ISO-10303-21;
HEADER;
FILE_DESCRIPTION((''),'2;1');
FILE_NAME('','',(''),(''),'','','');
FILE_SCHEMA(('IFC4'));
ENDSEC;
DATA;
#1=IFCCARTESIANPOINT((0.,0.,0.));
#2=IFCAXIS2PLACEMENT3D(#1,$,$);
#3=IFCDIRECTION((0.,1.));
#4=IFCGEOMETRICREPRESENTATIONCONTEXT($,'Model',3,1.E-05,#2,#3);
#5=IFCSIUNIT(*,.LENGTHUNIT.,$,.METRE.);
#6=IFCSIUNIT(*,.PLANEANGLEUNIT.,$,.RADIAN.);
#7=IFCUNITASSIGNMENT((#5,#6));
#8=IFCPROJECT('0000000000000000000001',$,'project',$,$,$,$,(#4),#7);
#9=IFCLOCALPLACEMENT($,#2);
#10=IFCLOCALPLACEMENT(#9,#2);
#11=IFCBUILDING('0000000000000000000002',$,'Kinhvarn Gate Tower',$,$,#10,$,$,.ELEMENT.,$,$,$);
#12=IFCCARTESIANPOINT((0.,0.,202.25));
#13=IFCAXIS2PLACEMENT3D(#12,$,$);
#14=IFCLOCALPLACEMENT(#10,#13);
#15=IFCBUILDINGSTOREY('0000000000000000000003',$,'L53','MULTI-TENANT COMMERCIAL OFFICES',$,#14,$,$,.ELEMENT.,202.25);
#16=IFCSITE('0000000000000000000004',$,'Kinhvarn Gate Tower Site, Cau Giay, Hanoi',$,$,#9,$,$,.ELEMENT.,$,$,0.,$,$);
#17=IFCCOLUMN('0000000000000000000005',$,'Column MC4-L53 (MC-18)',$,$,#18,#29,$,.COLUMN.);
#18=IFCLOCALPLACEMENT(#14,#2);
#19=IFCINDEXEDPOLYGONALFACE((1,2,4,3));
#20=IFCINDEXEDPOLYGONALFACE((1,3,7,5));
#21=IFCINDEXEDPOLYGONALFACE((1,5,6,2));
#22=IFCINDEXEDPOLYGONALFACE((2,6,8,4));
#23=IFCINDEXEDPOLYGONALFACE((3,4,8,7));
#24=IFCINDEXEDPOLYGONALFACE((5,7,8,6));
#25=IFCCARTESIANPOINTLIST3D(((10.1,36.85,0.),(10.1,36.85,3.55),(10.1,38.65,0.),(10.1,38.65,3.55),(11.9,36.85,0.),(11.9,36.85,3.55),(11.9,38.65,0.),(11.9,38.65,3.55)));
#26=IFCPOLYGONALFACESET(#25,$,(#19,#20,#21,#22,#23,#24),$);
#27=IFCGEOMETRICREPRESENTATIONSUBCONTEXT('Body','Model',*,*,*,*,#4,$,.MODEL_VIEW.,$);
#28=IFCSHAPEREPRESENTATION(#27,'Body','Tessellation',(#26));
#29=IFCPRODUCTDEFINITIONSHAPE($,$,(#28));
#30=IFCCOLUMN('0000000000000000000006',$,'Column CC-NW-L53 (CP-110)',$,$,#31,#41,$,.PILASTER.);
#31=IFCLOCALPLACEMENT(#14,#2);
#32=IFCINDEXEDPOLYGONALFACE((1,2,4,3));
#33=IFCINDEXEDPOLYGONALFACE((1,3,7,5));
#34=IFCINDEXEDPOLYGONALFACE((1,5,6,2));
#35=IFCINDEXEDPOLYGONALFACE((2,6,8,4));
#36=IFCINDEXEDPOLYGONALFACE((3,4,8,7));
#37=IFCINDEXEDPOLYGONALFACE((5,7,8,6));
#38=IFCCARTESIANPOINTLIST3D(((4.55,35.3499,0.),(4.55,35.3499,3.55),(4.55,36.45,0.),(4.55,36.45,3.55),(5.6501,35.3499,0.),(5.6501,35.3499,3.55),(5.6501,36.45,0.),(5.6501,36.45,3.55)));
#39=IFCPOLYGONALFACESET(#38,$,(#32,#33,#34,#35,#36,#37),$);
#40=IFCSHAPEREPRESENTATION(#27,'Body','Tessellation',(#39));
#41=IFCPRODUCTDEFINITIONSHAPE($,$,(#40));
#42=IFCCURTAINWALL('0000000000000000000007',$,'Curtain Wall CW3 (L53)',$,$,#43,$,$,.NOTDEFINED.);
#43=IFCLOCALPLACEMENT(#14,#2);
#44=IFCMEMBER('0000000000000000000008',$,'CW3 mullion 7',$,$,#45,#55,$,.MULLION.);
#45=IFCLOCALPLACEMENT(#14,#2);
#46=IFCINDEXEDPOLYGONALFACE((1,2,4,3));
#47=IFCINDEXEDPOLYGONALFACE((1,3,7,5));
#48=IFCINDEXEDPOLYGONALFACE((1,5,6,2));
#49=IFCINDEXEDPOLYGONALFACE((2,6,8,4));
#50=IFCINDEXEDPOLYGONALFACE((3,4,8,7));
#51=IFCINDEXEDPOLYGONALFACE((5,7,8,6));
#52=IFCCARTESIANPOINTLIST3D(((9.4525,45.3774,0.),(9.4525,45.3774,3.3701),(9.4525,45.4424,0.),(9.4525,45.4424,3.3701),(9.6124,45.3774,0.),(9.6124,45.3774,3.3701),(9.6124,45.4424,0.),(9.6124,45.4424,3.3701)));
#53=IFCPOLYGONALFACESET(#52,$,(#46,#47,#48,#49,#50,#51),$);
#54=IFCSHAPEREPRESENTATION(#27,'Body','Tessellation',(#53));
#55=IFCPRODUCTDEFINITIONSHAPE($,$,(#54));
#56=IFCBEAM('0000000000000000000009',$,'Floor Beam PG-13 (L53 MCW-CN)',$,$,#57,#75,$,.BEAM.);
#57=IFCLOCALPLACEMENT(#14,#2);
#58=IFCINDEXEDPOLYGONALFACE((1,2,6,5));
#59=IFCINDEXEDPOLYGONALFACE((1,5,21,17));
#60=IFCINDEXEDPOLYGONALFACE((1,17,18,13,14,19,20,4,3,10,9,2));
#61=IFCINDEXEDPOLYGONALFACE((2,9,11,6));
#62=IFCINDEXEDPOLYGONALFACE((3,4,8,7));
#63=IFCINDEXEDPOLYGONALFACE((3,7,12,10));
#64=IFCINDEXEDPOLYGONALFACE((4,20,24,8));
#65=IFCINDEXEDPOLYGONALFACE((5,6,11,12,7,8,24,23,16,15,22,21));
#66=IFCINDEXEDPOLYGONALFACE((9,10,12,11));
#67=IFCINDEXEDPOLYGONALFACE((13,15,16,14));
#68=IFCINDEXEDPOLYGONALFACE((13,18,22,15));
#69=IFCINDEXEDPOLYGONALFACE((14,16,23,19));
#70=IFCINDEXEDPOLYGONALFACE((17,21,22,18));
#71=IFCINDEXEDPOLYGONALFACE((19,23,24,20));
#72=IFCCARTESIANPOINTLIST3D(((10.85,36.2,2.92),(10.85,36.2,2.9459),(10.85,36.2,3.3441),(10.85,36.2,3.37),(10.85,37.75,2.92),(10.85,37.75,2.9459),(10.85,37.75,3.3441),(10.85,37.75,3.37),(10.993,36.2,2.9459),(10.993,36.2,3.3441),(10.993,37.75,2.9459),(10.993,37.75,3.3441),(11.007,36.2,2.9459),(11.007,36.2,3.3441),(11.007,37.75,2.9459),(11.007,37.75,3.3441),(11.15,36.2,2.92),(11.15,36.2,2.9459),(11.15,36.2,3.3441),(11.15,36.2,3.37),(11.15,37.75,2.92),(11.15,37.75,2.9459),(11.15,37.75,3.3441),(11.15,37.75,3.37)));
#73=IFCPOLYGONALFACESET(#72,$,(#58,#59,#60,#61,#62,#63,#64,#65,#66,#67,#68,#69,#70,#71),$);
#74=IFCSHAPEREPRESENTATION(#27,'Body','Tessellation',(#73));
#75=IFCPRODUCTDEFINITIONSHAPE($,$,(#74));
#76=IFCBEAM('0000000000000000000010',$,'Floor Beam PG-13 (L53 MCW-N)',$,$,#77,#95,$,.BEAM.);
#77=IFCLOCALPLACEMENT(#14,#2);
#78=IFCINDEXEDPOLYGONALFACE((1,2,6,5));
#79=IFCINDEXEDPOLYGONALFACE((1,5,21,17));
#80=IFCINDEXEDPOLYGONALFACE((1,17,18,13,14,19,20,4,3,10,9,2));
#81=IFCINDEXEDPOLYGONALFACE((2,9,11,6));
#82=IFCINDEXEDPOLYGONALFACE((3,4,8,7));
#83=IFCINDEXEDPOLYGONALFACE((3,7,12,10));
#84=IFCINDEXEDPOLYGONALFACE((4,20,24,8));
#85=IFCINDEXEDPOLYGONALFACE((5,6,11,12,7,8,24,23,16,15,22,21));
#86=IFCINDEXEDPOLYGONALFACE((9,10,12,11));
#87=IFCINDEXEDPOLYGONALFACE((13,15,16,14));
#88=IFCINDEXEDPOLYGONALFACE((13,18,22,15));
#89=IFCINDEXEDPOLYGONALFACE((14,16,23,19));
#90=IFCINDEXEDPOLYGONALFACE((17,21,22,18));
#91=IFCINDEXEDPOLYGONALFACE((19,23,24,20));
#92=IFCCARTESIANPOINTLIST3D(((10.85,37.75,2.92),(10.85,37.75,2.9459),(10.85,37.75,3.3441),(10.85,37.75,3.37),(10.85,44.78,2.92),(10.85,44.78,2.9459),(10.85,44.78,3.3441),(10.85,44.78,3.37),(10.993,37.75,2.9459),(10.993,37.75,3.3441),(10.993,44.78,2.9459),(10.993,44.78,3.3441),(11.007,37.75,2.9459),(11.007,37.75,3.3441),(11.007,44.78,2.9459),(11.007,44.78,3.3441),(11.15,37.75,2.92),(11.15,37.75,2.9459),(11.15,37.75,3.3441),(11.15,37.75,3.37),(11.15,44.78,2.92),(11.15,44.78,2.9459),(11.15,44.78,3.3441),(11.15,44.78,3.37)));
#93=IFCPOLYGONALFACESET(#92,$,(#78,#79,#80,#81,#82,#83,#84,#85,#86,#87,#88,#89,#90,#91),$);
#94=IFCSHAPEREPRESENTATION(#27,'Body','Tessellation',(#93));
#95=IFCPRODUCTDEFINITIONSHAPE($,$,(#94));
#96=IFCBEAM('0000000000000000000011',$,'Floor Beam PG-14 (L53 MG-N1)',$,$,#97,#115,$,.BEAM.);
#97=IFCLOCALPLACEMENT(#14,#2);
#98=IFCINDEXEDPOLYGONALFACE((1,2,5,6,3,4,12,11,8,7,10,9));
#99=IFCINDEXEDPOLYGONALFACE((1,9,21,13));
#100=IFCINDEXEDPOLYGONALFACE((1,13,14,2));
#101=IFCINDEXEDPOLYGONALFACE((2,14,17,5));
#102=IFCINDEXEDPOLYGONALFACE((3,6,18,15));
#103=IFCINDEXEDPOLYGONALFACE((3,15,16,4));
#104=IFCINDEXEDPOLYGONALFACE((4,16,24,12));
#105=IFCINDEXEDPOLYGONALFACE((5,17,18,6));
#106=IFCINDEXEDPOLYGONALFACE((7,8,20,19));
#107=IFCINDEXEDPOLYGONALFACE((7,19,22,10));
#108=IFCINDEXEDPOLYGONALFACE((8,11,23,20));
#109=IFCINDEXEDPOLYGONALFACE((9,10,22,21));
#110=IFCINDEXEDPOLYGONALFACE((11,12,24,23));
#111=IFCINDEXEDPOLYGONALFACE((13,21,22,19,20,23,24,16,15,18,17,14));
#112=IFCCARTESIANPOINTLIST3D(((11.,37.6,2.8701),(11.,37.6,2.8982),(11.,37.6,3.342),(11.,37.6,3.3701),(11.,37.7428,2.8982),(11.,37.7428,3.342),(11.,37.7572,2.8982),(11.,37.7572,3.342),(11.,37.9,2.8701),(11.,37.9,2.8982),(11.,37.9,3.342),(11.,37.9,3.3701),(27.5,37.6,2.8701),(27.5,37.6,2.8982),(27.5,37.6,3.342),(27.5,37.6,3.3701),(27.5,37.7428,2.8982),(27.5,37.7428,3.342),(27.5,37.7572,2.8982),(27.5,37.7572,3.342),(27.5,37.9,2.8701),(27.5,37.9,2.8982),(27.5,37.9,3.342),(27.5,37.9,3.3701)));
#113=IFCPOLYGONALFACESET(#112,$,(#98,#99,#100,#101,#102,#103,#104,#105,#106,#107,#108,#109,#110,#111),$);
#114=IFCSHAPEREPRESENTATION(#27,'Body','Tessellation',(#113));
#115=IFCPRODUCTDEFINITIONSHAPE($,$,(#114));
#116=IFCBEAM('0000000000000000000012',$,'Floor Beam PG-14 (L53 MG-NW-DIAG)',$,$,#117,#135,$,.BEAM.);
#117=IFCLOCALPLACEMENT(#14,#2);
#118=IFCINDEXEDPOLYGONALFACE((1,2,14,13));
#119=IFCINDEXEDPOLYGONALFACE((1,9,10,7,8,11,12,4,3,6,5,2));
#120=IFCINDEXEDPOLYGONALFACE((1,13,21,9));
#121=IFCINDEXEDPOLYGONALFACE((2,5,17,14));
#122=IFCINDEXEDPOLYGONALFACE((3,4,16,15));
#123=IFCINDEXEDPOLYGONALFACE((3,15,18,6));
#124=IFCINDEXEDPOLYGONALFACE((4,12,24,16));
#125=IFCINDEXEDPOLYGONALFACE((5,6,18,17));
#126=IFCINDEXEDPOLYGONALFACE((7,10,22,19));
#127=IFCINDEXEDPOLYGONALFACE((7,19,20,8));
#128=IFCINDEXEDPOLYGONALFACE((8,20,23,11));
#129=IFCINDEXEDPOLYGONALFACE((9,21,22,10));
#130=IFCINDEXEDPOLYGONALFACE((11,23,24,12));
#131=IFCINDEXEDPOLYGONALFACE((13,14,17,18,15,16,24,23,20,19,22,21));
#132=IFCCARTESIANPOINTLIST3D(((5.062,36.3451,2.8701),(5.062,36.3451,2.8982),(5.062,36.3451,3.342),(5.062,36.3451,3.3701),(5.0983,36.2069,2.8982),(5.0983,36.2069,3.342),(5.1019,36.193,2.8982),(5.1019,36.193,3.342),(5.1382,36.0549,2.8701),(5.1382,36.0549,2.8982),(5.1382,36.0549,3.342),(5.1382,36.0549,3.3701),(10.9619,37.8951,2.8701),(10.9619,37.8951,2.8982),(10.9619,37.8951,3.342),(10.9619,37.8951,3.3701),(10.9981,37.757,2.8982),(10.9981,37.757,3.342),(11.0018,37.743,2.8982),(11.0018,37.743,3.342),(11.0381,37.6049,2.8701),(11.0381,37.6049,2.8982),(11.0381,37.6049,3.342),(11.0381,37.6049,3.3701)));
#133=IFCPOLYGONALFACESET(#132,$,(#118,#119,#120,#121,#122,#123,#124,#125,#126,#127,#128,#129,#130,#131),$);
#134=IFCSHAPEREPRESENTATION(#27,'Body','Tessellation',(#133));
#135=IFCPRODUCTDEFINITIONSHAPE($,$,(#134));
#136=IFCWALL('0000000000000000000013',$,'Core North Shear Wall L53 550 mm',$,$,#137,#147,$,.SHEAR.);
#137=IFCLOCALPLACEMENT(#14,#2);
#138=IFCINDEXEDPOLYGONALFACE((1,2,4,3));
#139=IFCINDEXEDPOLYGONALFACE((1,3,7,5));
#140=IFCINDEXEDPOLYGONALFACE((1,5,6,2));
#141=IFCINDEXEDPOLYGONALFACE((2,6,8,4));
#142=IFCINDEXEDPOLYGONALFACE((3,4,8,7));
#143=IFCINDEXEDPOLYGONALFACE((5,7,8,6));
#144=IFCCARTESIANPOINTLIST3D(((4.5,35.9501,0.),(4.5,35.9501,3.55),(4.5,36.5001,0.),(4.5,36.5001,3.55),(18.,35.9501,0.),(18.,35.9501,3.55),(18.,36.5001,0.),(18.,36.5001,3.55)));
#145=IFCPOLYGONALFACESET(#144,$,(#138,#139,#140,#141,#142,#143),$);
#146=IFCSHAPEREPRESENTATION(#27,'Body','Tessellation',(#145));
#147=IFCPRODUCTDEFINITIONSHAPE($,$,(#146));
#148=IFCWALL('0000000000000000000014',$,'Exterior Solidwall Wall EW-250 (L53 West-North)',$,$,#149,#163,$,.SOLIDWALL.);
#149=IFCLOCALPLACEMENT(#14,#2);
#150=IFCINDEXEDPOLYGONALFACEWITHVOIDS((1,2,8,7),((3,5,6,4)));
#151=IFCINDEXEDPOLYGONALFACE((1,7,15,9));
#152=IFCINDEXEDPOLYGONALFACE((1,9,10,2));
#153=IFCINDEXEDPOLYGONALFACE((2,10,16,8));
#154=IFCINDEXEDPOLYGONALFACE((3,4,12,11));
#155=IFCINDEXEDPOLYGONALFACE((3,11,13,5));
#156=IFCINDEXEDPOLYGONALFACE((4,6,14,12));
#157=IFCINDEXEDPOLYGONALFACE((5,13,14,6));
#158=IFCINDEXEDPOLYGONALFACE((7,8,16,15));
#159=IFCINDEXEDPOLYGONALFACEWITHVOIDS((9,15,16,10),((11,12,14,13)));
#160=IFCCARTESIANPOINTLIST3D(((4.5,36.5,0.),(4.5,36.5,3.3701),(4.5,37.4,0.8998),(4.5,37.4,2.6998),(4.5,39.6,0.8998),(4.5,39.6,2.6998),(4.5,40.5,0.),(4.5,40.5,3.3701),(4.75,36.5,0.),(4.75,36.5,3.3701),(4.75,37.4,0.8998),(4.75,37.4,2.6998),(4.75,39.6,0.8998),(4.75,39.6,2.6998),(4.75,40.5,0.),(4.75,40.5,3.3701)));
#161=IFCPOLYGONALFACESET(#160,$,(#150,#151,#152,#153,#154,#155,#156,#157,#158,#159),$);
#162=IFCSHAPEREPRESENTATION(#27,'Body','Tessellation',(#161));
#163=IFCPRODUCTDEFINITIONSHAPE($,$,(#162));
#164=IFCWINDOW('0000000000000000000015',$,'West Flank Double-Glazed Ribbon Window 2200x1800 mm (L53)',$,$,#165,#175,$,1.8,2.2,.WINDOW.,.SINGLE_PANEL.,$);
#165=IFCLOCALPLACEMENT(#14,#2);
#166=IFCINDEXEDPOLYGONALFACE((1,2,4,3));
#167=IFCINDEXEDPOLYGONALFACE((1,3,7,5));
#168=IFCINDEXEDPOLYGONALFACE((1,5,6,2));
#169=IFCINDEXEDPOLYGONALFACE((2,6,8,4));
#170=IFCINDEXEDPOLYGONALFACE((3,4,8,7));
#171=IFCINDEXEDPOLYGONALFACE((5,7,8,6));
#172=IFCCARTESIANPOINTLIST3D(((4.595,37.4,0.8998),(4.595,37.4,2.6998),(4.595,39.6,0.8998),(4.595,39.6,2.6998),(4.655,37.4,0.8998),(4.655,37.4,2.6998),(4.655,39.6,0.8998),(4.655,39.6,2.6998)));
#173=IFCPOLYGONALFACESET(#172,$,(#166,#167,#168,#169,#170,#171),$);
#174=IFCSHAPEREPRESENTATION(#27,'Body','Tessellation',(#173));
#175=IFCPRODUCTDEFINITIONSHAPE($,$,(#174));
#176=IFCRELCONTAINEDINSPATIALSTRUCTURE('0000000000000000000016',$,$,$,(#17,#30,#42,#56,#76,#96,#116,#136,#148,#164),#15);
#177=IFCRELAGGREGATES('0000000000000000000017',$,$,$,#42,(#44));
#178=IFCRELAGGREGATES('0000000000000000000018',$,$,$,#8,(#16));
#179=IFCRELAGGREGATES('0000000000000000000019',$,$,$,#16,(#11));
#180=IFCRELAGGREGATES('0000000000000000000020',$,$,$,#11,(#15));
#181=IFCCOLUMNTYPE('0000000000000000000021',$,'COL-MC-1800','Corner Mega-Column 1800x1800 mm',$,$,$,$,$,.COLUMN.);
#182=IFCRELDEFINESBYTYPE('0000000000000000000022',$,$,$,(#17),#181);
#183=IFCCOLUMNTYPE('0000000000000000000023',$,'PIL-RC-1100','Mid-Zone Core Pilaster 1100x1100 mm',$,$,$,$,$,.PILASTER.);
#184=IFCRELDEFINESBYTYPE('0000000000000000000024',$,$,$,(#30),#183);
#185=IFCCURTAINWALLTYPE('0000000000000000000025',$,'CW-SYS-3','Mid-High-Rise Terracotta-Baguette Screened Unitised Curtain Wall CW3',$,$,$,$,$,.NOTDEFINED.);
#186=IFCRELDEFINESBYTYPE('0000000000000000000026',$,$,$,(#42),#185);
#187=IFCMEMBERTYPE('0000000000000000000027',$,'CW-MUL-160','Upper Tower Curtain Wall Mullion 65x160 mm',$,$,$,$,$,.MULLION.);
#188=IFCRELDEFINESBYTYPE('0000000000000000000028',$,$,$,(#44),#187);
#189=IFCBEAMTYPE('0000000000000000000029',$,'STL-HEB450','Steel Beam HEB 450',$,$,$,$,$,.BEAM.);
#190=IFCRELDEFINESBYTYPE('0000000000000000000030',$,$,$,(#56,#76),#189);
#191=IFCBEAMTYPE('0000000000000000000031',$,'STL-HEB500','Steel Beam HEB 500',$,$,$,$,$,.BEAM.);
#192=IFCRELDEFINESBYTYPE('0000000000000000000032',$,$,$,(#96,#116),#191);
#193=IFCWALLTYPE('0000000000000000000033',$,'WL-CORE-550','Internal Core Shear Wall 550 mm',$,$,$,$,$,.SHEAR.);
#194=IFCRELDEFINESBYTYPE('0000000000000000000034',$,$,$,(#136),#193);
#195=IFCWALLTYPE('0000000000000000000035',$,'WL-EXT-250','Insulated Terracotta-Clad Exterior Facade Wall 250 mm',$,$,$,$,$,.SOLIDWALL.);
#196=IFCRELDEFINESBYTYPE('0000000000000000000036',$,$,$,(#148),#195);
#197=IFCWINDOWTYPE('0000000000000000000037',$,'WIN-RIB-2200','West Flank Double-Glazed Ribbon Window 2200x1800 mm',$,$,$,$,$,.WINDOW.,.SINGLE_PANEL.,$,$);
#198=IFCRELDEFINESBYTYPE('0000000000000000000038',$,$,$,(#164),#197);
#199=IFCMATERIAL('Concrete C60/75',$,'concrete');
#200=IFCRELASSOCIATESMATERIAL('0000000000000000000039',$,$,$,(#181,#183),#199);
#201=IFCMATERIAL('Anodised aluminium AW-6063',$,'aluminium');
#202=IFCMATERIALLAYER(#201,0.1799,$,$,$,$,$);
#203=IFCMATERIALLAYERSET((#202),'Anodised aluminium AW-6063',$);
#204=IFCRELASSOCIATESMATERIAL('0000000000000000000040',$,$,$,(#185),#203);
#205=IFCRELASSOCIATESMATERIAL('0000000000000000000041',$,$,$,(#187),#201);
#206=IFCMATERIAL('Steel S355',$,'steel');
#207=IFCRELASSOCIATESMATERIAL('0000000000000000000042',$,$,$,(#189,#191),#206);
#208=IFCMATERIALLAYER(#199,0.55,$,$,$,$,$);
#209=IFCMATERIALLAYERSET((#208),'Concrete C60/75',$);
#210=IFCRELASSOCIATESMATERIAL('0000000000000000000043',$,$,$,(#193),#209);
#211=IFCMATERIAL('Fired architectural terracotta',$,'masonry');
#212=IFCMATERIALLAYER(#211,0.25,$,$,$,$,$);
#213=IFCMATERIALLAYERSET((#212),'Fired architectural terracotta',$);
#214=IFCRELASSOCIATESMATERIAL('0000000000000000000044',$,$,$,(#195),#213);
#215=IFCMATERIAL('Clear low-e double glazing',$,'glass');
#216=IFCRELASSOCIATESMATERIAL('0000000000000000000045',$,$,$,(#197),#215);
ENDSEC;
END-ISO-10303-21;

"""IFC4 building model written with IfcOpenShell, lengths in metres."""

from ifc_helpers import new_model, si_unit, direction, frame, frame_2d, origin, origin_2d, place, context, subcontext, project, spatial, rectangle, i_section, extrude, material, layer, layer_set, material_profile, profile_set, type_object, element, fill, aggregate, save


model = new_model("IFC4")

# Units and contexts
model_context = context("Model", 3, precision=1e-05, world=origin(), true_north=direction((0.0, 1.0)))
body_context = subcontext(model_context, "Body", "Model", "MODEL_VIEW")
ifc_project = project(units=[si_unit("LENGTHUNIT", "METRE"), si_unit("PLANEANGLEUNIT", "RADIAN")], contexts=[model_context])

# Site, building, storey
site_placement = place(None, origin())
site = spatial("IfcSite", under=ifc_project, at=site_placement, Name="Kinhvarn Gate Tower Site, Cau Giay, Hanoi", CompositionType="ELEMENT", RefElevation=0.0)
building_placement = place(site_placement, origin())
building = spatial("IfcBuilding", under=site, at=building_placement, Name="Kinhvarn Gate Tower", CompositionType="ELEMENT")
storey_placement = place(building_placement, frame((0.0, 0.0, 202.25)))
storey = spatial("IfcBuildingStorey", under=building, at=storey_placement, Name="L53", Description="MULTI-TENANT COMMERCIAL OFFICES", CompositionType="ELEMENT", Elevation=202.25)

# Columns
ifc_material_1 = material(Name="Concrete C60/75", Category="concrete")
ifc_material_profile_1 = material_profile(ifc_material_1, rectangle(XDim=1.8, YDim=1.8, at=origin_2d()), Name="RC 1800x1800")
ifc_profile_set_1 = profile_set([ifc_material_profile_1], Name="Concrete C60/75")
column_type_1 = type_object("IfcColumnType", Name="COL-MC-1800", Description="Corner Mega-Column 1800x1800 mm", PredefinedType="COLUMN", material=ifc_profile_set_1)
column_1_placement = place(storey_placement, frame((11.0, 37.75, 0.0), z_axis=(0.0, 0.0, 1.0), x_axis=(1.0, 0.0, 0.0)))
element("IfcColumn", 1, at=column_1_placement, inside=storey, type_object=column_type_1, Name="Column MC4-L53 (MC-18)", PredefinedType="COLUMN", context=body_context, shape_type="SweptSolid", body=[
    extrude(rectangle(XDim=1.8, YDim=1.8, at=origin_2d()), origin(), (0.0, 0.0, 1.0), 3.55),
])
ifc_material_profile_2 = material_profile(ifc_material_1, rectangle(XDim=1.1001, YDim=1.1001, at=origin_2d()), Name="RC 1100x1100")
ifc_profile_set_2 = profile_set([ifc_material_profile_2], Name="Concrete C60/75")
column_type_2 = type_object("IfcColumnType", Name="PIL-RC-1100", Description="Mid-Zone Core Pilaster 1100x1100 mm", PredefinedType="PILASTER", material=ifc_profile_set_2)
column_2_placement = place(storey_placement, frame((5.1001, 35.8999, 0.0), z_axis=(0.0, 0.0, 1.0), x_axis=(1.0, 0.0, 0.0)))
element("IfcColumn", 2, at=column_2_placement, inside=storey, type_object=column_type_2, Name="Column CC-NW-L53 (CP-110)", PredefinedType="PILASTER", context=body_context, shape_type="SweptSolid", body=[
    extrude(rectangle(XDim=1.1001, YDim=1.1001, at=origin_2d()), origin(), (0.0, 0.0, 1.0), 3.55),
])

# Curtain wall, member
ifc_material_2 = material(Name="Anodised aluminium AW-6063", Category="aluminium")
ifc_layer_1 = layer(ifc_material_2, 0.1799)
ifc_layer_set_1 = layer_set([ifc_layer_1], Name="Anodised aluminium AW-6063")
curtain_wall_type = type_object("IfcCurtainWallType", Name="CW-SYS-3", Description="Mid-High-Rise Terracotta-Baguette Screened Unitised Curtain Wall CW3", PredefinedType="NOTDEFINED", material=ifc_layer_set_1)
curtain_wall_placement = place(storey_placement, origin())
curtain_wall = element("IfcCurtainWall", 3, at=curtain_wall_placement, inside=storey, type_object=curtain_wall_type, Name="Curtain Wall CW3 (L53)", PredefinedType="NOTDEFINED")
ifc_material_profile_3 = material_profile(ifc_material_2, rectangle(XDim=0.0649, YDim=0.1599, at=origin_2d()), Name="ALU 65x160")
ifc_profile_set_3 = profile_set([ifc_material_profile_3], Name="Anodised aluminium AW-6063")
member_type = type_object("IfcMemberType", Name="CW-MUL-160", Description="Upper Tower Curtain Wall Mullion 65x160 mm", PredefinedType="MULLION", material=ifc_profile_set_3)
member_placement = place(storey_placement, frame((9.5325, 45.4099, 0.0), z_axis=(0.0, 0.0, 1.0), x_axis=(0.0, -1.0, 0.0)))
member = element("IfcMember", 4, at=member_placement, type_object=member_type, Name="CW3 mullion 7", PredefinedType="MULLION", context=body_context, shape_type="SweptSolid", body=[
    extrude(rectangle(XDim=0.0649, YDim=0.1599, at=origin_2d()), origin(), (0.0, 0.0, 1.0), 3.3701),
])
aggregate(curtain_wall, [member])

# Beams
ifc_material_3 = material(Name="Steel S355", Category="steel")
ifc_material_profile_4 = material_profile(ifc_material_3, i_section(OverallWidth=0.3, OverallDepth=0.45, WebThickness=0.0139, FlangeThickness=0.0259, at=origin_2d()), Name="HEB 450")
ifc_profile_set_4 = profile_set([ifc_material_profile_4], Name="Steel S355")
beam_type_1 = type_object("IfcBeamType", Name="STL-HEB450", Description="Steel Beam HEB 450", PredefinedType="BEAM", material=ifc_profile_set_4)
beam_1_placement = place(storey_placement, frame((11.0, 36.2, 3.145), z_axis=(0.0, 1.0, 0.0), x_axis=(-1.0, 0.0, 0.0)))
element("IfcBeam", 5, at=beam_1_placement, inside=storey, type_object=beam_type_1, Name="Floor Beam PG-13 (L53 MCW-CN)", PredefinedType="BEAM", context=body_context, shape_type="SweptSolid", body=[
    extrude(i_section(OverallWidth=0.3, OverallDepth=0.45, WebThickness=0.0139, FlangeThickness=0.0259, at=origin_2d()), origin(), (0.0, 0.0, 1.0), 1.55),
])
beam_2_placement = place(storey_placement, frame((11.0, 37.75, 3.145), z_axis=(0.0, 1.0, 0.0), x_axis=(-1.0, 0.0, 0.0)))
element("IfcBeam", 6, at=beam_2_placement, inside=storey, type_object=beam_type_1, Name="Floor Beam PG-13 (L53 MCW-N)", PredefinedType="BEAM", context=body_context, shape_type="SweptSolid", body=[
    extrude(i_section(OverallWidth=0.3, OverallDepth=0.45, WebThickness=0.0139, FlangeThickness=0.0259, at=origin_2d()), origin(), (0.0, 0.0, 1.0), 7.03),
])
ifc_material_profile_5 = material_profile(ifc_material_3, i_section(OverallWidth=0.3, OverallDepth=0.5, WebThickness=0.0144, FlangeThickness=0.0281, at=origin_2d()), Name="HEB 500")
ifc_profile_set_5 = profile_set([ifc_material_profile_5], Name="Steel S355")
beam_type_2 = type_object("IfcBeamType", Name="STL-HEB500", Description="Steel Beam HEB 500", PredefinedType="BEAM", material=ifc_profile_set_5)
beam_3_placement = place(storey_placement, frame((11.0, 37.75, 3.1201), z_axis=(1.0, 0.0, 0.0), x_axis=(0.0, 1.0, 0.0)))
element("IfcBeam", 7, at=beam_3_placement, inside=storey, type_object=beam_type_2, Name="Floor Beam PG-14 (L53 MG-N1)", PredefinedType="BEAM", context=body_context, shape_type="SweptSolid", body=[
    extrude(i_section(OverallWidth=0.3, OverallDepth=0.5, WebThickness=0.0144, FlangeThickness=0.0281, at=origin_2d()), origin(), (0.0, 0.0, 1.0), 16.5),
])
beam_4_placement = place(storey_placement, frame((5.1001, 36.2, 3.1201), z_axis=(0.967178, 0.254101, 0.0), x_axis=(-0.254101, 0.967178, 0.0)))
element("IfcBeam", 8, at=beam_4_placement, inside=storey, type_object=beam_type_2, Name="Floor Beam PG-14 (L53 MG-NW-DIAG)", PredefinedType="BEAM", context=body_context, shape_type="SweptSolid", body=[
    extrude(i_section(OverallWidth=0.3, OverallDepth=0.5, WebThickness=0.0144, FlangeThickness=0.0281, at=origin_2d()), origin(), (0.0, 0.0, 1.0), 6.1001),
])

# Wall
ifc_layer_2 = layer(ifc_material_1, 0.55)
ifc_layer_set_2 = layer_set([ifc_layer_2], Name="Concrete C60/75")
wall_type_1 = type_object("IfcWallType", Name="WL-CORE-550", Description="Internal Core Shear Wall 550 mm", PredefinedType="SHEAR", material=ifc_layer_set_2)
wall_1_placement = place(storey_placement, frame((4.5, 36.2251, 0.0), z_axis=(0.0, 0.0, 1.0), x_axis=(1.0, 0.0, 0.0)))
element("IfcWall", 9, at=wall_1_placement, inside=storey, type_object=wall_type_1, Name="Core North Shear Wall L53 550 mm", PredefinedType="SHEAR", context=body_context, shape_type="SweptSolid", body=[
    extrude(rectangle(XDim=13.5, YDim=0.55, at=frame_2d((6.75, 0.0))), origin(), (0.0, 0.0, 1.0), 3.55),
])

# Wall, opening, window
ifc_material_4 = material(Name="Fired architectural terracotta", Category="masonry")
ifc_layer_3 = layer(ifc_material_4, 0.25)
ifc_layer_set_3 = layer_set([ifc_layer_3], Name="Fired architectural terracotta")
wall_type_2 = type_object("IfcWallType", Name="WL-EXT-250", Description="Insulated Terracotta-Clad Exterior Facade Wall 250 mm", PredefinedType="SOLIDWALL", material=ifc_layer_set_3)
wall_2_placement = place(storey_placement, frame((4.625, 40.5, 0.0), z_axis=(0.0, 0.0, 1.0), x_axis=(0.0, -1.0, 0.0)))
wall_2 = element("IfcWall", 10, at=wall_2_placement, inside=storey, type_object=wall_type_2, Name="Exterior Solidwall Wall EW-250 (L53 West-North)", PredefinedType="SOLIDWALL", context=body_context, shape_type="SweptSolid", body=[
    extrude(rectangle(XDim=4.0, YDim=0.25, at=frame_2d((2.0, 0.0))), origin(), (0.0, 0.0, 1.0), 3.3701),
])
opening_1_placement = place(wall_2_placement, frame((0.8999, 0.0, 0.8999)))
opening_1 = element("IfcOpeningElement", 11, at=opening_1_placement, cuts=wall_2, PredefinedType="OPENING", context=body_context, shape_type="SweptSolid", body=[
    extrude(rectangle(XDim=2.2, YDim=1.8, at=frame_2d((1.1001, 0.8999))), frame((0.0, 0.135, 0.0), z_axis=(0.0, -1.0, 0.0), x_axis=(1.0, 0.0, 0.0)), (0.0, 0.0, 1.0), 0.27),
])
ifc_material_5 = material(Name="Clear low-e double glazing", Category="glass")
window_type_1 = type_object("IfcWindowType", Name="WIN-RIB-2200", Description="West Flank Double-Glazed Ribbon Window 2200x1800 mm", PartitioningType="SINGLE_PANEL", PredefinedType="WINDOW", material=ifc_material_5)
window_1_placement = place(opening_1_placement, origin())
window_1 = element("IfcWindow", 12, at=window_1_placement, inside=storey, type_object=window_type_1, Name="West Flank Double-Glazed Ribbon Window 2200x1800 mm (L53)", OverallHeight=1.8, OverallWidth=2.2, PartitioningType="SINGLE_PANEL", PredefinedType="WINDOW", context=body_context, shape_type="SweptSolid", body=[
    extrude(rectangle(XDim=2.2, YDim=1.8, at=frame_2d((1.1001, 0.8999))), frame((0.0, 0.03, 0.0), z_axis=(0.0, -1.0, 0.0), x_axis=(1.0, 0.0, 0.0)), (0.0, 0.0, 1.0), 0.0601),
])
fill(opening_1, window_1)

save(model, "model.ifc")
